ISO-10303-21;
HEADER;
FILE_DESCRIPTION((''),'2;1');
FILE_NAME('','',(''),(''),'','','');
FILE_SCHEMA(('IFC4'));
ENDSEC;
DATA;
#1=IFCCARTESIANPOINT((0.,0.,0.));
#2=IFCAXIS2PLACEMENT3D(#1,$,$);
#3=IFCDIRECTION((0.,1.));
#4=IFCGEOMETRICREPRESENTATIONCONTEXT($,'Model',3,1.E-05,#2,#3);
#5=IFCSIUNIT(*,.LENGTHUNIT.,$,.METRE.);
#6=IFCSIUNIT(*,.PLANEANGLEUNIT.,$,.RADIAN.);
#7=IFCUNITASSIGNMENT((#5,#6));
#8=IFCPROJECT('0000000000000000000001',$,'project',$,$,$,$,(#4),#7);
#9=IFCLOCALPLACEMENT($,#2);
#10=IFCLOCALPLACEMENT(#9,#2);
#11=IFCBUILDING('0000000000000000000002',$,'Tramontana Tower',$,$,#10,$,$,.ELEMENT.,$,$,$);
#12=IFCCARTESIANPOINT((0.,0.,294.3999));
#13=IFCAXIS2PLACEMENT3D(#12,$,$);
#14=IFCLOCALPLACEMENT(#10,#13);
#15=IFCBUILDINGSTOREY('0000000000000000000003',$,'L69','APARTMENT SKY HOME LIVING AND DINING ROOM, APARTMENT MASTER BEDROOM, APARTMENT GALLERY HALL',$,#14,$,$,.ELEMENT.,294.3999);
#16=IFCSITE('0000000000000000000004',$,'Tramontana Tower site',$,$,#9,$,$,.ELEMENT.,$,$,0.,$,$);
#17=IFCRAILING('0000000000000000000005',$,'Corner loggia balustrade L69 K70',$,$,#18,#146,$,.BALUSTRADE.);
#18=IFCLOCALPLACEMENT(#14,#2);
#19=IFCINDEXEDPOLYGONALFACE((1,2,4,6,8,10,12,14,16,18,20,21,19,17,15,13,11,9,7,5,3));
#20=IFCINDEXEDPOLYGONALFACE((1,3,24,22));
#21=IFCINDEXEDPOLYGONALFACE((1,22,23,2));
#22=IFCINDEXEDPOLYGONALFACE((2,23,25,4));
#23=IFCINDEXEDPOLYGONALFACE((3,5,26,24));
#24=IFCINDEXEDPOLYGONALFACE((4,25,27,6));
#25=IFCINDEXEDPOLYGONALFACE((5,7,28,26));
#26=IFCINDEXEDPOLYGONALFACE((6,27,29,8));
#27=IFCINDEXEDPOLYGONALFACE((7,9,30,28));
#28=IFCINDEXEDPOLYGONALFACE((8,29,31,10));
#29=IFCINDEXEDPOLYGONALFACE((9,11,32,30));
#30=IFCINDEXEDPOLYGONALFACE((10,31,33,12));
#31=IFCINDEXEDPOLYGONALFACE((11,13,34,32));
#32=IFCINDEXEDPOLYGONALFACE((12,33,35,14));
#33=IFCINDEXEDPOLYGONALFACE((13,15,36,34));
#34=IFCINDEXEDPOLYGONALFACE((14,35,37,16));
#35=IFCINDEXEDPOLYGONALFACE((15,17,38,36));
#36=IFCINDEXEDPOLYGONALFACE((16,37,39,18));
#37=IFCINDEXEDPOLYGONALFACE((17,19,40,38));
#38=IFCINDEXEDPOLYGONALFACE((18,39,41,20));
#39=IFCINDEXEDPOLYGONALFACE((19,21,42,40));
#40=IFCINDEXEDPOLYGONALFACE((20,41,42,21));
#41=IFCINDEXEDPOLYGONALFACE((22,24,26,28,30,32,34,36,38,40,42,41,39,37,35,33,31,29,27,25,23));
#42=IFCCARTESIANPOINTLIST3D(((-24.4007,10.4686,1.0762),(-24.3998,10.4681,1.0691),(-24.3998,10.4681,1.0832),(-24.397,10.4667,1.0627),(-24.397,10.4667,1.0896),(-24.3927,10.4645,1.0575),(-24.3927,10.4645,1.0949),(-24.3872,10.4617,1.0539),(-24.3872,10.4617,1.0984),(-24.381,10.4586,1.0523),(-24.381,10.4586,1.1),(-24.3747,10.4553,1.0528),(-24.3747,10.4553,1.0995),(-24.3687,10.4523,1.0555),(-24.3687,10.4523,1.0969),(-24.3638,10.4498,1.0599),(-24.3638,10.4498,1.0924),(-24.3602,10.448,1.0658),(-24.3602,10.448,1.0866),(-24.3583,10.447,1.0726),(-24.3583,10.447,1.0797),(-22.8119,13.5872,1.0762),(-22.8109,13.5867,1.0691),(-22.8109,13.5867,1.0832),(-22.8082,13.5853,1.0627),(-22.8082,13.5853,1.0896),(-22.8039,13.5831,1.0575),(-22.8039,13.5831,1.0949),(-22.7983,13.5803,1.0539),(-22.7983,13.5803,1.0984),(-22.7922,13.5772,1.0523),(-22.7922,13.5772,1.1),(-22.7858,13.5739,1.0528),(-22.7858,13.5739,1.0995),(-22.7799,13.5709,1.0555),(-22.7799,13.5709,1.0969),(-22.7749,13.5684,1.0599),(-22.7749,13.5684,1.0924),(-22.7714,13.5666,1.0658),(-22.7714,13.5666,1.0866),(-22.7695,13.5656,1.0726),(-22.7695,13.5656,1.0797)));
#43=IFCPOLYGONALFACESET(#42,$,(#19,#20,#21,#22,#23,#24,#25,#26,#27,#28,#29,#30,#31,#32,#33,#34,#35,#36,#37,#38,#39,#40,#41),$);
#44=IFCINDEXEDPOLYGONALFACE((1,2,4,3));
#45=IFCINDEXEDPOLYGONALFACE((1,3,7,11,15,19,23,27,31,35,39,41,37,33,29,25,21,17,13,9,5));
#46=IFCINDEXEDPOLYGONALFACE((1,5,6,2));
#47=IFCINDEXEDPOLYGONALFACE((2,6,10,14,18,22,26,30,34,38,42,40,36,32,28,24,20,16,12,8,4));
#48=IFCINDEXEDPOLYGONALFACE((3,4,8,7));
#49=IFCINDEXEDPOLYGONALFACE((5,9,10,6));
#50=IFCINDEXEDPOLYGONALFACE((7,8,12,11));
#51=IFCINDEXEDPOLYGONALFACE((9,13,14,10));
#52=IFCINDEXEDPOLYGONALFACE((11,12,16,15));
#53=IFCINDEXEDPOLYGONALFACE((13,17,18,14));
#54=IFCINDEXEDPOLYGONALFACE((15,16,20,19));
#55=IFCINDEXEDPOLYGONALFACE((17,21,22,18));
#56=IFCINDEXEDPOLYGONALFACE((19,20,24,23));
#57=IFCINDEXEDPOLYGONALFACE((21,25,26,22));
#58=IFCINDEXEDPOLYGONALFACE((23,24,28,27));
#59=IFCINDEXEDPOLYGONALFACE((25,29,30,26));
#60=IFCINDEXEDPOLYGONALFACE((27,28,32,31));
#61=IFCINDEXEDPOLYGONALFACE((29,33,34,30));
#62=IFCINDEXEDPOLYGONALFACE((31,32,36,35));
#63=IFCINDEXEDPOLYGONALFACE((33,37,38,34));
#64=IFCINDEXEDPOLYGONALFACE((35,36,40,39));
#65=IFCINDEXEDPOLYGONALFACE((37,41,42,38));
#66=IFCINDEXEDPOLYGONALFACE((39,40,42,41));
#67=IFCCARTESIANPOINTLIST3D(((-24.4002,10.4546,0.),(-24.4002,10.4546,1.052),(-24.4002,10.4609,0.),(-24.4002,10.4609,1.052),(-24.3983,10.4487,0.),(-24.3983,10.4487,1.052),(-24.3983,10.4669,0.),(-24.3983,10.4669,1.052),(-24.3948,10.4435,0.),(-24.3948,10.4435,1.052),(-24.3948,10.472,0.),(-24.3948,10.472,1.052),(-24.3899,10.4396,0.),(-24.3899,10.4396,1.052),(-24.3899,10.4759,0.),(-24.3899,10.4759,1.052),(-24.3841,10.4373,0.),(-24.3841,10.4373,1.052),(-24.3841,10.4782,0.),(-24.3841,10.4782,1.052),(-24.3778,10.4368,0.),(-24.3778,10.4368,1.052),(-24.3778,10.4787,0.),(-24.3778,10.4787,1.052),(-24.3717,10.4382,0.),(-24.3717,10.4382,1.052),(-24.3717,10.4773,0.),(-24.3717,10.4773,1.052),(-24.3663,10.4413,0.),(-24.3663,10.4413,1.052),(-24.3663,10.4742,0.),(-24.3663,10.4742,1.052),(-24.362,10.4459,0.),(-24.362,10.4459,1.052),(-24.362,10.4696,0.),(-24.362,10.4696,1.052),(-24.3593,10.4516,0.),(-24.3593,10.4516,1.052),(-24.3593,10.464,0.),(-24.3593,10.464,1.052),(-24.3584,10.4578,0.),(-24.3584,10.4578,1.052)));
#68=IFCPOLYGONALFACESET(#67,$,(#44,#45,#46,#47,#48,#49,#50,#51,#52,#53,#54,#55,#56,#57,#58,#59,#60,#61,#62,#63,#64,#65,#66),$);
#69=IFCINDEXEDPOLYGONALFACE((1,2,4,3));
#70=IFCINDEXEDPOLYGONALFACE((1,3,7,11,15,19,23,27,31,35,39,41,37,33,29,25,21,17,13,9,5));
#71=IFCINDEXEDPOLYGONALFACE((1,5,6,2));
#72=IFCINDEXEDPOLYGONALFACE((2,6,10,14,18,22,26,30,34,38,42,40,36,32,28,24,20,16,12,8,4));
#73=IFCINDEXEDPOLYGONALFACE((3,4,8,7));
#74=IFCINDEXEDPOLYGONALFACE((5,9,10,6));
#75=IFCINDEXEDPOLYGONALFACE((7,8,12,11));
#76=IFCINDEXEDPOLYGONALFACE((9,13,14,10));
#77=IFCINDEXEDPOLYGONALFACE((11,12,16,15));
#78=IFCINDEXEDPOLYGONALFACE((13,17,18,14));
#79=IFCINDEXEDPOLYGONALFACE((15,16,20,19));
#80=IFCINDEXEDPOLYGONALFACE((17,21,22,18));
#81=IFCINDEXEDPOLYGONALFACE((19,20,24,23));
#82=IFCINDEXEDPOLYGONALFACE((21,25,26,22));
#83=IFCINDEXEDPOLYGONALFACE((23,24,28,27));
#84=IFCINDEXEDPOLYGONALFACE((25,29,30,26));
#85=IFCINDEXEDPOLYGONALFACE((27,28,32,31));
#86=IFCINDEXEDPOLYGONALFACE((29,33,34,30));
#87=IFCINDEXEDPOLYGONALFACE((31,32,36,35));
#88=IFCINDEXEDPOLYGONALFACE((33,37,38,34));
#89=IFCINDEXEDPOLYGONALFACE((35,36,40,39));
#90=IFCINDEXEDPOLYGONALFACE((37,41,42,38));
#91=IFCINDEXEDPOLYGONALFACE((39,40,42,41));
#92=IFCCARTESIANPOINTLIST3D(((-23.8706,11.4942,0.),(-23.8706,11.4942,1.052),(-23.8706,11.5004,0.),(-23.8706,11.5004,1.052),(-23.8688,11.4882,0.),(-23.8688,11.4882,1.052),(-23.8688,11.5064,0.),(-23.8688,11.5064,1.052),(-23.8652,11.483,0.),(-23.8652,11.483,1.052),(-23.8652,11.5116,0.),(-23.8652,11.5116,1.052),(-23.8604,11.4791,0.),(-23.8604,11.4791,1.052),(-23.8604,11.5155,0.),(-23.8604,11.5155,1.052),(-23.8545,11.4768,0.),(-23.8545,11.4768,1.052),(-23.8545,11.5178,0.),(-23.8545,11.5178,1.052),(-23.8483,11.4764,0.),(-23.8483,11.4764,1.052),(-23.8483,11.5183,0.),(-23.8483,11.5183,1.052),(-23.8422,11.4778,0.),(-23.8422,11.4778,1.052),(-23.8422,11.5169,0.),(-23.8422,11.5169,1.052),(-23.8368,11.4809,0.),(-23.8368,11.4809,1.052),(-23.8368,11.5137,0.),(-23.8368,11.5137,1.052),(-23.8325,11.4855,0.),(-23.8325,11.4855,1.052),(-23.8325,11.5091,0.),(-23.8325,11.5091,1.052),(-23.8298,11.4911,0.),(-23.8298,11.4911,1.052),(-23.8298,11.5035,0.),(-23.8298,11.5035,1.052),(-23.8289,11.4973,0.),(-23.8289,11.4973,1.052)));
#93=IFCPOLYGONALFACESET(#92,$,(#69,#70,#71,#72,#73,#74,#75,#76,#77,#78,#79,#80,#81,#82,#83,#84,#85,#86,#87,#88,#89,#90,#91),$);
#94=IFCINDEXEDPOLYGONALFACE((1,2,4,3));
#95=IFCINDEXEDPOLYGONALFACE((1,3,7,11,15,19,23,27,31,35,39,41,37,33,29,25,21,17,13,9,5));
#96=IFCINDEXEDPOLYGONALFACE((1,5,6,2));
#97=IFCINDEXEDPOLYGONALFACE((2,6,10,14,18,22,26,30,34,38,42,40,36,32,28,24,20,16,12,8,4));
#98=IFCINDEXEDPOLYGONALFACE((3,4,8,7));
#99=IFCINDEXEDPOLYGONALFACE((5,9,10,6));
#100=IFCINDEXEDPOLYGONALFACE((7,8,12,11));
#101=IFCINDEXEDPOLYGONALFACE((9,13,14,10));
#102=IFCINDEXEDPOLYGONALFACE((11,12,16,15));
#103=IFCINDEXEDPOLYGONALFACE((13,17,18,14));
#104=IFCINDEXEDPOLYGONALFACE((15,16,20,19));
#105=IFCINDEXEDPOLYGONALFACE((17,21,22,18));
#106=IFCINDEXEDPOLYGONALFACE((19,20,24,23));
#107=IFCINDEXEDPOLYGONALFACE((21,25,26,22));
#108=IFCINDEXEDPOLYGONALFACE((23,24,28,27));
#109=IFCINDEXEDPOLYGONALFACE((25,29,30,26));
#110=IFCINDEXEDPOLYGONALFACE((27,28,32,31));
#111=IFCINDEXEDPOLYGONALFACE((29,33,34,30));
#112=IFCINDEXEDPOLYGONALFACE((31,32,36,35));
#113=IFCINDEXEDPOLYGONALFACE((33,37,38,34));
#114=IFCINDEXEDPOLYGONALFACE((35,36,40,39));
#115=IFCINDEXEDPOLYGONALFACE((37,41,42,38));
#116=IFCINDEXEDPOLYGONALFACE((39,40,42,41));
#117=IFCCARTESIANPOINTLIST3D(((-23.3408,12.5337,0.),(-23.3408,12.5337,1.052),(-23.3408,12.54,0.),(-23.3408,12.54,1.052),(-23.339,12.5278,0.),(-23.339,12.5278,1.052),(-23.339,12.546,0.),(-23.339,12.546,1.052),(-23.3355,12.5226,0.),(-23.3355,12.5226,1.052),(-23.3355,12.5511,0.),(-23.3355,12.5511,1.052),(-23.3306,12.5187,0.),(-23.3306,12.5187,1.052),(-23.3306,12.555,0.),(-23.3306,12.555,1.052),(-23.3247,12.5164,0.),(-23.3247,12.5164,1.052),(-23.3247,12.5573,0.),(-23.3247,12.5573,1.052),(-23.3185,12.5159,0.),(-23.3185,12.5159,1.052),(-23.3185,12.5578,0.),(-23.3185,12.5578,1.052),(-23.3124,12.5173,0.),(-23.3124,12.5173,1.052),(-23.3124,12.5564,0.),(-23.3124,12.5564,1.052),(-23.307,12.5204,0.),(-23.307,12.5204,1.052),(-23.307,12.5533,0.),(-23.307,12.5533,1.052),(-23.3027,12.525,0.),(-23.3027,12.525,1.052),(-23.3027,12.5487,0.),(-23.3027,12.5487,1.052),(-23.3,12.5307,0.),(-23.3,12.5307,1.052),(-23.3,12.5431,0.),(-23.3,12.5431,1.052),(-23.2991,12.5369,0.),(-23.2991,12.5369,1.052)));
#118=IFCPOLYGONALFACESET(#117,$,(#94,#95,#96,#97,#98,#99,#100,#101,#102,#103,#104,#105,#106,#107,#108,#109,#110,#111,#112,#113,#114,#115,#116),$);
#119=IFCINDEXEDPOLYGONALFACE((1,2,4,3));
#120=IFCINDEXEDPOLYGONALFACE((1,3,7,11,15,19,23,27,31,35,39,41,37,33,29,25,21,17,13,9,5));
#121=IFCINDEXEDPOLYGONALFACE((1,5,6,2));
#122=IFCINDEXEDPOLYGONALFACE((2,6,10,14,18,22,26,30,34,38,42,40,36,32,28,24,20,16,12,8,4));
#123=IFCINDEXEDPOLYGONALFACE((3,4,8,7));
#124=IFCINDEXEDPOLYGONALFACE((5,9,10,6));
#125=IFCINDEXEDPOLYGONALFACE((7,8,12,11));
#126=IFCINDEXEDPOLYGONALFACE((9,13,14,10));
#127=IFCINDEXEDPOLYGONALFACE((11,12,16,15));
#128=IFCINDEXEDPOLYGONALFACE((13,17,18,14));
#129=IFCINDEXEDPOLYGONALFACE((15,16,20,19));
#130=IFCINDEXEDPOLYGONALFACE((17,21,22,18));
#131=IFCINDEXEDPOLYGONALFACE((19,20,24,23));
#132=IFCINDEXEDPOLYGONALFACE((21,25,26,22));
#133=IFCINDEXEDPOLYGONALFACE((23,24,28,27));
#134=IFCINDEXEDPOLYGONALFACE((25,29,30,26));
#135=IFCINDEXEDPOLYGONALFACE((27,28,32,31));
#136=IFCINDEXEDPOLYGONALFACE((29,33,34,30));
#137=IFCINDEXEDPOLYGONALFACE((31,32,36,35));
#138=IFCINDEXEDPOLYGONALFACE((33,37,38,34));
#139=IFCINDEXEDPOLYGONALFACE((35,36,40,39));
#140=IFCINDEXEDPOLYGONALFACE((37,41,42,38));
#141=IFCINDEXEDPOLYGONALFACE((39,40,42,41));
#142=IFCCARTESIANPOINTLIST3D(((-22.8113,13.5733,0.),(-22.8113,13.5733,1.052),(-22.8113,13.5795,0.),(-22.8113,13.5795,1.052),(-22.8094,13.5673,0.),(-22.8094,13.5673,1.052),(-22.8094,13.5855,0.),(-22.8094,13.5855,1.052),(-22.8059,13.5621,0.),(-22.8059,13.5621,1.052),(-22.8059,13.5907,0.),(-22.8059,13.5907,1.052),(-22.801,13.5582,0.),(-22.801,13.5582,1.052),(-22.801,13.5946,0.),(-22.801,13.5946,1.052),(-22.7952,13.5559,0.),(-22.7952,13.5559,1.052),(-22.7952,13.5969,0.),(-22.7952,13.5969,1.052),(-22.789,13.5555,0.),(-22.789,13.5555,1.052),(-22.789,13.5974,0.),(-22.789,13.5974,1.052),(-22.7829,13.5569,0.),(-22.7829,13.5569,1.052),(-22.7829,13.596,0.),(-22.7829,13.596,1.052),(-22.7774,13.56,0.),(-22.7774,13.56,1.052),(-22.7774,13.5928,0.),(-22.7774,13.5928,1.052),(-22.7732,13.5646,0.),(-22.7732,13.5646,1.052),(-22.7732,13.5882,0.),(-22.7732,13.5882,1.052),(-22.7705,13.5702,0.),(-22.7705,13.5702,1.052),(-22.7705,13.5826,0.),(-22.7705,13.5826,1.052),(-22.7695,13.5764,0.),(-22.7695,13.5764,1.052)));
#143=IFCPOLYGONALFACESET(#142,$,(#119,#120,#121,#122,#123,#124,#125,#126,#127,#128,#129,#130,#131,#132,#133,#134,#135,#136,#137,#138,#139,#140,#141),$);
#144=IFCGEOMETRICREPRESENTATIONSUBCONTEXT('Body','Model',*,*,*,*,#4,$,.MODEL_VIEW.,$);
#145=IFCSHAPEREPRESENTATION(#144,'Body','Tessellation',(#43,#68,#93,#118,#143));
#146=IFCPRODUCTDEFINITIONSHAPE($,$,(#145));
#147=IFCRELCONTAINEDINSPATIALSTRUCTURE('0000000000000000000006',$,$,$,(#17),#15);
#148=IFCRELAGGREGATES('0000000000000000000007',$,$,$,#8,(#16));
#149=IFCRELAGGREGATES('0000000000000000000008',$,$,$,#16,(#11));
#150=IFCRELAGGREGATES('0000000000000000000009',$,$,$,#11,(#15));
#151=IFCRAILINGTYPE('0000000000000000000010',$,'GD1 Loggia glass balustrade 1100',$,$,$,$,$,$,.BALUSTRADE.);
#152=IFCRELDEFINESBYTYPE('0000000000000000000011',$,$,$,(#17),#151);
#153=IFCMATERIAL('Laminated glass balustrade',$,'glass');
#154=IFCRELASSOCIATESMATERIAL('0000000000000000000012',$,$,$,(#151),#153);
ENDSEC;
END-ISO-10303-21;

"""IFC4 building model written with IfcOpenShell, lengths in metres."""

from ifc_helpers import new_model, si_unit, direction, frame, origin, origin_2d, place, context, subcontext, project, spatial, circle, extrude, material, type_object, element, save


model = new_model("IFC4")

# Units and contexts
model_context = context("Model", 3, precision=1e-05, world=origin(), true_north=direction((0.0, 1.0)))
body_context = subcontext(model_context, "Body", "Model", "MODEL_VIEW")
ifc_project = project(units=[si_unit("LENGTHUNIT", "METRE"), si_unit("PLANEANGLEUNIT", "RADIAN")], contexts=[model_context])

# Site, building, storey
site_placement = place(None, origin())
site = spatial("IfcSite", under=ifc_project, at=site_placement, Name="Tramontana Tower site", CompositionType="ELEMENT", RefElevation=0.0)
building_placement = place(site_placement, origin())
building = spatial("IfcBuilding", under=site, at=building_placement, Name="Tramontana Tower", CompositionType="ELEMENT")
storey_placement = place(building_placement, frame((0.0, 0.0, 294.3999)))
storey = spatial("IfcBuildingStorey", under=building, at=storey_placement, Name="L69", Description="APARTMENT SKY HOME LIVING AND DINING ROOM, APARTMENT MASTER BEDROOM, APARTMENT GALLERY HALL", CompositionType="ELEMENT", Elevation=294.3999)

# Railing
ifc_material_1 = material(Name="Laminated glass balustrade", Category="glass")
railing_type = type_object("IfcRailingType", Name="GD1 Loggia glass balustrade 1100", PredefinedType="BALUSTRADE", material=ifc_material_1)
railing_1_placement = place(storey_placement, frame((-24.3794, 10.4578, 0.0)))
element("IfcRailing", 1, at=railing_1_placement, inside=storey, type_object=railing_type, Name="Corner loggia balustrade L69 K70", PredefinedType="BALUSTRADE", context=body_context, shape_type="SweptSolid", body=[
    extrude(circle(Radius=0.0239, at=origin_2d()), frame((0.0, 0.0, 1.0762), z_axis=(0.453953, 0.891026, 0.0), x_axis=(-0.891026, 0.453953, 0.0)), (0.0, 0.0, 1.0), 3.5),
    extrude(circle(Radius=0.021, at=origin_2d()), origin(), (0.0, 0.0, 1.0), 1.052),
    extrude(circle(Radius=0.021, at=origin_2d()), frame((0.5295, 1.0396, 0.0)), (0.0, 0.0, 1.0), 1.052),
    extrude(circle(Radius=0.021, at=origin_2d()), frame((1.0593, 2.0791, 0.0)), (0.0, 0.0, 1.0), 1.052),
    extrude(circle(Radius=0.021, at=origin_2d()), frame((1.5889, 3.1187, 0.0)), (0.0, 0.0, 1.0), 1.052),
])

save(model, "model.ifc")
